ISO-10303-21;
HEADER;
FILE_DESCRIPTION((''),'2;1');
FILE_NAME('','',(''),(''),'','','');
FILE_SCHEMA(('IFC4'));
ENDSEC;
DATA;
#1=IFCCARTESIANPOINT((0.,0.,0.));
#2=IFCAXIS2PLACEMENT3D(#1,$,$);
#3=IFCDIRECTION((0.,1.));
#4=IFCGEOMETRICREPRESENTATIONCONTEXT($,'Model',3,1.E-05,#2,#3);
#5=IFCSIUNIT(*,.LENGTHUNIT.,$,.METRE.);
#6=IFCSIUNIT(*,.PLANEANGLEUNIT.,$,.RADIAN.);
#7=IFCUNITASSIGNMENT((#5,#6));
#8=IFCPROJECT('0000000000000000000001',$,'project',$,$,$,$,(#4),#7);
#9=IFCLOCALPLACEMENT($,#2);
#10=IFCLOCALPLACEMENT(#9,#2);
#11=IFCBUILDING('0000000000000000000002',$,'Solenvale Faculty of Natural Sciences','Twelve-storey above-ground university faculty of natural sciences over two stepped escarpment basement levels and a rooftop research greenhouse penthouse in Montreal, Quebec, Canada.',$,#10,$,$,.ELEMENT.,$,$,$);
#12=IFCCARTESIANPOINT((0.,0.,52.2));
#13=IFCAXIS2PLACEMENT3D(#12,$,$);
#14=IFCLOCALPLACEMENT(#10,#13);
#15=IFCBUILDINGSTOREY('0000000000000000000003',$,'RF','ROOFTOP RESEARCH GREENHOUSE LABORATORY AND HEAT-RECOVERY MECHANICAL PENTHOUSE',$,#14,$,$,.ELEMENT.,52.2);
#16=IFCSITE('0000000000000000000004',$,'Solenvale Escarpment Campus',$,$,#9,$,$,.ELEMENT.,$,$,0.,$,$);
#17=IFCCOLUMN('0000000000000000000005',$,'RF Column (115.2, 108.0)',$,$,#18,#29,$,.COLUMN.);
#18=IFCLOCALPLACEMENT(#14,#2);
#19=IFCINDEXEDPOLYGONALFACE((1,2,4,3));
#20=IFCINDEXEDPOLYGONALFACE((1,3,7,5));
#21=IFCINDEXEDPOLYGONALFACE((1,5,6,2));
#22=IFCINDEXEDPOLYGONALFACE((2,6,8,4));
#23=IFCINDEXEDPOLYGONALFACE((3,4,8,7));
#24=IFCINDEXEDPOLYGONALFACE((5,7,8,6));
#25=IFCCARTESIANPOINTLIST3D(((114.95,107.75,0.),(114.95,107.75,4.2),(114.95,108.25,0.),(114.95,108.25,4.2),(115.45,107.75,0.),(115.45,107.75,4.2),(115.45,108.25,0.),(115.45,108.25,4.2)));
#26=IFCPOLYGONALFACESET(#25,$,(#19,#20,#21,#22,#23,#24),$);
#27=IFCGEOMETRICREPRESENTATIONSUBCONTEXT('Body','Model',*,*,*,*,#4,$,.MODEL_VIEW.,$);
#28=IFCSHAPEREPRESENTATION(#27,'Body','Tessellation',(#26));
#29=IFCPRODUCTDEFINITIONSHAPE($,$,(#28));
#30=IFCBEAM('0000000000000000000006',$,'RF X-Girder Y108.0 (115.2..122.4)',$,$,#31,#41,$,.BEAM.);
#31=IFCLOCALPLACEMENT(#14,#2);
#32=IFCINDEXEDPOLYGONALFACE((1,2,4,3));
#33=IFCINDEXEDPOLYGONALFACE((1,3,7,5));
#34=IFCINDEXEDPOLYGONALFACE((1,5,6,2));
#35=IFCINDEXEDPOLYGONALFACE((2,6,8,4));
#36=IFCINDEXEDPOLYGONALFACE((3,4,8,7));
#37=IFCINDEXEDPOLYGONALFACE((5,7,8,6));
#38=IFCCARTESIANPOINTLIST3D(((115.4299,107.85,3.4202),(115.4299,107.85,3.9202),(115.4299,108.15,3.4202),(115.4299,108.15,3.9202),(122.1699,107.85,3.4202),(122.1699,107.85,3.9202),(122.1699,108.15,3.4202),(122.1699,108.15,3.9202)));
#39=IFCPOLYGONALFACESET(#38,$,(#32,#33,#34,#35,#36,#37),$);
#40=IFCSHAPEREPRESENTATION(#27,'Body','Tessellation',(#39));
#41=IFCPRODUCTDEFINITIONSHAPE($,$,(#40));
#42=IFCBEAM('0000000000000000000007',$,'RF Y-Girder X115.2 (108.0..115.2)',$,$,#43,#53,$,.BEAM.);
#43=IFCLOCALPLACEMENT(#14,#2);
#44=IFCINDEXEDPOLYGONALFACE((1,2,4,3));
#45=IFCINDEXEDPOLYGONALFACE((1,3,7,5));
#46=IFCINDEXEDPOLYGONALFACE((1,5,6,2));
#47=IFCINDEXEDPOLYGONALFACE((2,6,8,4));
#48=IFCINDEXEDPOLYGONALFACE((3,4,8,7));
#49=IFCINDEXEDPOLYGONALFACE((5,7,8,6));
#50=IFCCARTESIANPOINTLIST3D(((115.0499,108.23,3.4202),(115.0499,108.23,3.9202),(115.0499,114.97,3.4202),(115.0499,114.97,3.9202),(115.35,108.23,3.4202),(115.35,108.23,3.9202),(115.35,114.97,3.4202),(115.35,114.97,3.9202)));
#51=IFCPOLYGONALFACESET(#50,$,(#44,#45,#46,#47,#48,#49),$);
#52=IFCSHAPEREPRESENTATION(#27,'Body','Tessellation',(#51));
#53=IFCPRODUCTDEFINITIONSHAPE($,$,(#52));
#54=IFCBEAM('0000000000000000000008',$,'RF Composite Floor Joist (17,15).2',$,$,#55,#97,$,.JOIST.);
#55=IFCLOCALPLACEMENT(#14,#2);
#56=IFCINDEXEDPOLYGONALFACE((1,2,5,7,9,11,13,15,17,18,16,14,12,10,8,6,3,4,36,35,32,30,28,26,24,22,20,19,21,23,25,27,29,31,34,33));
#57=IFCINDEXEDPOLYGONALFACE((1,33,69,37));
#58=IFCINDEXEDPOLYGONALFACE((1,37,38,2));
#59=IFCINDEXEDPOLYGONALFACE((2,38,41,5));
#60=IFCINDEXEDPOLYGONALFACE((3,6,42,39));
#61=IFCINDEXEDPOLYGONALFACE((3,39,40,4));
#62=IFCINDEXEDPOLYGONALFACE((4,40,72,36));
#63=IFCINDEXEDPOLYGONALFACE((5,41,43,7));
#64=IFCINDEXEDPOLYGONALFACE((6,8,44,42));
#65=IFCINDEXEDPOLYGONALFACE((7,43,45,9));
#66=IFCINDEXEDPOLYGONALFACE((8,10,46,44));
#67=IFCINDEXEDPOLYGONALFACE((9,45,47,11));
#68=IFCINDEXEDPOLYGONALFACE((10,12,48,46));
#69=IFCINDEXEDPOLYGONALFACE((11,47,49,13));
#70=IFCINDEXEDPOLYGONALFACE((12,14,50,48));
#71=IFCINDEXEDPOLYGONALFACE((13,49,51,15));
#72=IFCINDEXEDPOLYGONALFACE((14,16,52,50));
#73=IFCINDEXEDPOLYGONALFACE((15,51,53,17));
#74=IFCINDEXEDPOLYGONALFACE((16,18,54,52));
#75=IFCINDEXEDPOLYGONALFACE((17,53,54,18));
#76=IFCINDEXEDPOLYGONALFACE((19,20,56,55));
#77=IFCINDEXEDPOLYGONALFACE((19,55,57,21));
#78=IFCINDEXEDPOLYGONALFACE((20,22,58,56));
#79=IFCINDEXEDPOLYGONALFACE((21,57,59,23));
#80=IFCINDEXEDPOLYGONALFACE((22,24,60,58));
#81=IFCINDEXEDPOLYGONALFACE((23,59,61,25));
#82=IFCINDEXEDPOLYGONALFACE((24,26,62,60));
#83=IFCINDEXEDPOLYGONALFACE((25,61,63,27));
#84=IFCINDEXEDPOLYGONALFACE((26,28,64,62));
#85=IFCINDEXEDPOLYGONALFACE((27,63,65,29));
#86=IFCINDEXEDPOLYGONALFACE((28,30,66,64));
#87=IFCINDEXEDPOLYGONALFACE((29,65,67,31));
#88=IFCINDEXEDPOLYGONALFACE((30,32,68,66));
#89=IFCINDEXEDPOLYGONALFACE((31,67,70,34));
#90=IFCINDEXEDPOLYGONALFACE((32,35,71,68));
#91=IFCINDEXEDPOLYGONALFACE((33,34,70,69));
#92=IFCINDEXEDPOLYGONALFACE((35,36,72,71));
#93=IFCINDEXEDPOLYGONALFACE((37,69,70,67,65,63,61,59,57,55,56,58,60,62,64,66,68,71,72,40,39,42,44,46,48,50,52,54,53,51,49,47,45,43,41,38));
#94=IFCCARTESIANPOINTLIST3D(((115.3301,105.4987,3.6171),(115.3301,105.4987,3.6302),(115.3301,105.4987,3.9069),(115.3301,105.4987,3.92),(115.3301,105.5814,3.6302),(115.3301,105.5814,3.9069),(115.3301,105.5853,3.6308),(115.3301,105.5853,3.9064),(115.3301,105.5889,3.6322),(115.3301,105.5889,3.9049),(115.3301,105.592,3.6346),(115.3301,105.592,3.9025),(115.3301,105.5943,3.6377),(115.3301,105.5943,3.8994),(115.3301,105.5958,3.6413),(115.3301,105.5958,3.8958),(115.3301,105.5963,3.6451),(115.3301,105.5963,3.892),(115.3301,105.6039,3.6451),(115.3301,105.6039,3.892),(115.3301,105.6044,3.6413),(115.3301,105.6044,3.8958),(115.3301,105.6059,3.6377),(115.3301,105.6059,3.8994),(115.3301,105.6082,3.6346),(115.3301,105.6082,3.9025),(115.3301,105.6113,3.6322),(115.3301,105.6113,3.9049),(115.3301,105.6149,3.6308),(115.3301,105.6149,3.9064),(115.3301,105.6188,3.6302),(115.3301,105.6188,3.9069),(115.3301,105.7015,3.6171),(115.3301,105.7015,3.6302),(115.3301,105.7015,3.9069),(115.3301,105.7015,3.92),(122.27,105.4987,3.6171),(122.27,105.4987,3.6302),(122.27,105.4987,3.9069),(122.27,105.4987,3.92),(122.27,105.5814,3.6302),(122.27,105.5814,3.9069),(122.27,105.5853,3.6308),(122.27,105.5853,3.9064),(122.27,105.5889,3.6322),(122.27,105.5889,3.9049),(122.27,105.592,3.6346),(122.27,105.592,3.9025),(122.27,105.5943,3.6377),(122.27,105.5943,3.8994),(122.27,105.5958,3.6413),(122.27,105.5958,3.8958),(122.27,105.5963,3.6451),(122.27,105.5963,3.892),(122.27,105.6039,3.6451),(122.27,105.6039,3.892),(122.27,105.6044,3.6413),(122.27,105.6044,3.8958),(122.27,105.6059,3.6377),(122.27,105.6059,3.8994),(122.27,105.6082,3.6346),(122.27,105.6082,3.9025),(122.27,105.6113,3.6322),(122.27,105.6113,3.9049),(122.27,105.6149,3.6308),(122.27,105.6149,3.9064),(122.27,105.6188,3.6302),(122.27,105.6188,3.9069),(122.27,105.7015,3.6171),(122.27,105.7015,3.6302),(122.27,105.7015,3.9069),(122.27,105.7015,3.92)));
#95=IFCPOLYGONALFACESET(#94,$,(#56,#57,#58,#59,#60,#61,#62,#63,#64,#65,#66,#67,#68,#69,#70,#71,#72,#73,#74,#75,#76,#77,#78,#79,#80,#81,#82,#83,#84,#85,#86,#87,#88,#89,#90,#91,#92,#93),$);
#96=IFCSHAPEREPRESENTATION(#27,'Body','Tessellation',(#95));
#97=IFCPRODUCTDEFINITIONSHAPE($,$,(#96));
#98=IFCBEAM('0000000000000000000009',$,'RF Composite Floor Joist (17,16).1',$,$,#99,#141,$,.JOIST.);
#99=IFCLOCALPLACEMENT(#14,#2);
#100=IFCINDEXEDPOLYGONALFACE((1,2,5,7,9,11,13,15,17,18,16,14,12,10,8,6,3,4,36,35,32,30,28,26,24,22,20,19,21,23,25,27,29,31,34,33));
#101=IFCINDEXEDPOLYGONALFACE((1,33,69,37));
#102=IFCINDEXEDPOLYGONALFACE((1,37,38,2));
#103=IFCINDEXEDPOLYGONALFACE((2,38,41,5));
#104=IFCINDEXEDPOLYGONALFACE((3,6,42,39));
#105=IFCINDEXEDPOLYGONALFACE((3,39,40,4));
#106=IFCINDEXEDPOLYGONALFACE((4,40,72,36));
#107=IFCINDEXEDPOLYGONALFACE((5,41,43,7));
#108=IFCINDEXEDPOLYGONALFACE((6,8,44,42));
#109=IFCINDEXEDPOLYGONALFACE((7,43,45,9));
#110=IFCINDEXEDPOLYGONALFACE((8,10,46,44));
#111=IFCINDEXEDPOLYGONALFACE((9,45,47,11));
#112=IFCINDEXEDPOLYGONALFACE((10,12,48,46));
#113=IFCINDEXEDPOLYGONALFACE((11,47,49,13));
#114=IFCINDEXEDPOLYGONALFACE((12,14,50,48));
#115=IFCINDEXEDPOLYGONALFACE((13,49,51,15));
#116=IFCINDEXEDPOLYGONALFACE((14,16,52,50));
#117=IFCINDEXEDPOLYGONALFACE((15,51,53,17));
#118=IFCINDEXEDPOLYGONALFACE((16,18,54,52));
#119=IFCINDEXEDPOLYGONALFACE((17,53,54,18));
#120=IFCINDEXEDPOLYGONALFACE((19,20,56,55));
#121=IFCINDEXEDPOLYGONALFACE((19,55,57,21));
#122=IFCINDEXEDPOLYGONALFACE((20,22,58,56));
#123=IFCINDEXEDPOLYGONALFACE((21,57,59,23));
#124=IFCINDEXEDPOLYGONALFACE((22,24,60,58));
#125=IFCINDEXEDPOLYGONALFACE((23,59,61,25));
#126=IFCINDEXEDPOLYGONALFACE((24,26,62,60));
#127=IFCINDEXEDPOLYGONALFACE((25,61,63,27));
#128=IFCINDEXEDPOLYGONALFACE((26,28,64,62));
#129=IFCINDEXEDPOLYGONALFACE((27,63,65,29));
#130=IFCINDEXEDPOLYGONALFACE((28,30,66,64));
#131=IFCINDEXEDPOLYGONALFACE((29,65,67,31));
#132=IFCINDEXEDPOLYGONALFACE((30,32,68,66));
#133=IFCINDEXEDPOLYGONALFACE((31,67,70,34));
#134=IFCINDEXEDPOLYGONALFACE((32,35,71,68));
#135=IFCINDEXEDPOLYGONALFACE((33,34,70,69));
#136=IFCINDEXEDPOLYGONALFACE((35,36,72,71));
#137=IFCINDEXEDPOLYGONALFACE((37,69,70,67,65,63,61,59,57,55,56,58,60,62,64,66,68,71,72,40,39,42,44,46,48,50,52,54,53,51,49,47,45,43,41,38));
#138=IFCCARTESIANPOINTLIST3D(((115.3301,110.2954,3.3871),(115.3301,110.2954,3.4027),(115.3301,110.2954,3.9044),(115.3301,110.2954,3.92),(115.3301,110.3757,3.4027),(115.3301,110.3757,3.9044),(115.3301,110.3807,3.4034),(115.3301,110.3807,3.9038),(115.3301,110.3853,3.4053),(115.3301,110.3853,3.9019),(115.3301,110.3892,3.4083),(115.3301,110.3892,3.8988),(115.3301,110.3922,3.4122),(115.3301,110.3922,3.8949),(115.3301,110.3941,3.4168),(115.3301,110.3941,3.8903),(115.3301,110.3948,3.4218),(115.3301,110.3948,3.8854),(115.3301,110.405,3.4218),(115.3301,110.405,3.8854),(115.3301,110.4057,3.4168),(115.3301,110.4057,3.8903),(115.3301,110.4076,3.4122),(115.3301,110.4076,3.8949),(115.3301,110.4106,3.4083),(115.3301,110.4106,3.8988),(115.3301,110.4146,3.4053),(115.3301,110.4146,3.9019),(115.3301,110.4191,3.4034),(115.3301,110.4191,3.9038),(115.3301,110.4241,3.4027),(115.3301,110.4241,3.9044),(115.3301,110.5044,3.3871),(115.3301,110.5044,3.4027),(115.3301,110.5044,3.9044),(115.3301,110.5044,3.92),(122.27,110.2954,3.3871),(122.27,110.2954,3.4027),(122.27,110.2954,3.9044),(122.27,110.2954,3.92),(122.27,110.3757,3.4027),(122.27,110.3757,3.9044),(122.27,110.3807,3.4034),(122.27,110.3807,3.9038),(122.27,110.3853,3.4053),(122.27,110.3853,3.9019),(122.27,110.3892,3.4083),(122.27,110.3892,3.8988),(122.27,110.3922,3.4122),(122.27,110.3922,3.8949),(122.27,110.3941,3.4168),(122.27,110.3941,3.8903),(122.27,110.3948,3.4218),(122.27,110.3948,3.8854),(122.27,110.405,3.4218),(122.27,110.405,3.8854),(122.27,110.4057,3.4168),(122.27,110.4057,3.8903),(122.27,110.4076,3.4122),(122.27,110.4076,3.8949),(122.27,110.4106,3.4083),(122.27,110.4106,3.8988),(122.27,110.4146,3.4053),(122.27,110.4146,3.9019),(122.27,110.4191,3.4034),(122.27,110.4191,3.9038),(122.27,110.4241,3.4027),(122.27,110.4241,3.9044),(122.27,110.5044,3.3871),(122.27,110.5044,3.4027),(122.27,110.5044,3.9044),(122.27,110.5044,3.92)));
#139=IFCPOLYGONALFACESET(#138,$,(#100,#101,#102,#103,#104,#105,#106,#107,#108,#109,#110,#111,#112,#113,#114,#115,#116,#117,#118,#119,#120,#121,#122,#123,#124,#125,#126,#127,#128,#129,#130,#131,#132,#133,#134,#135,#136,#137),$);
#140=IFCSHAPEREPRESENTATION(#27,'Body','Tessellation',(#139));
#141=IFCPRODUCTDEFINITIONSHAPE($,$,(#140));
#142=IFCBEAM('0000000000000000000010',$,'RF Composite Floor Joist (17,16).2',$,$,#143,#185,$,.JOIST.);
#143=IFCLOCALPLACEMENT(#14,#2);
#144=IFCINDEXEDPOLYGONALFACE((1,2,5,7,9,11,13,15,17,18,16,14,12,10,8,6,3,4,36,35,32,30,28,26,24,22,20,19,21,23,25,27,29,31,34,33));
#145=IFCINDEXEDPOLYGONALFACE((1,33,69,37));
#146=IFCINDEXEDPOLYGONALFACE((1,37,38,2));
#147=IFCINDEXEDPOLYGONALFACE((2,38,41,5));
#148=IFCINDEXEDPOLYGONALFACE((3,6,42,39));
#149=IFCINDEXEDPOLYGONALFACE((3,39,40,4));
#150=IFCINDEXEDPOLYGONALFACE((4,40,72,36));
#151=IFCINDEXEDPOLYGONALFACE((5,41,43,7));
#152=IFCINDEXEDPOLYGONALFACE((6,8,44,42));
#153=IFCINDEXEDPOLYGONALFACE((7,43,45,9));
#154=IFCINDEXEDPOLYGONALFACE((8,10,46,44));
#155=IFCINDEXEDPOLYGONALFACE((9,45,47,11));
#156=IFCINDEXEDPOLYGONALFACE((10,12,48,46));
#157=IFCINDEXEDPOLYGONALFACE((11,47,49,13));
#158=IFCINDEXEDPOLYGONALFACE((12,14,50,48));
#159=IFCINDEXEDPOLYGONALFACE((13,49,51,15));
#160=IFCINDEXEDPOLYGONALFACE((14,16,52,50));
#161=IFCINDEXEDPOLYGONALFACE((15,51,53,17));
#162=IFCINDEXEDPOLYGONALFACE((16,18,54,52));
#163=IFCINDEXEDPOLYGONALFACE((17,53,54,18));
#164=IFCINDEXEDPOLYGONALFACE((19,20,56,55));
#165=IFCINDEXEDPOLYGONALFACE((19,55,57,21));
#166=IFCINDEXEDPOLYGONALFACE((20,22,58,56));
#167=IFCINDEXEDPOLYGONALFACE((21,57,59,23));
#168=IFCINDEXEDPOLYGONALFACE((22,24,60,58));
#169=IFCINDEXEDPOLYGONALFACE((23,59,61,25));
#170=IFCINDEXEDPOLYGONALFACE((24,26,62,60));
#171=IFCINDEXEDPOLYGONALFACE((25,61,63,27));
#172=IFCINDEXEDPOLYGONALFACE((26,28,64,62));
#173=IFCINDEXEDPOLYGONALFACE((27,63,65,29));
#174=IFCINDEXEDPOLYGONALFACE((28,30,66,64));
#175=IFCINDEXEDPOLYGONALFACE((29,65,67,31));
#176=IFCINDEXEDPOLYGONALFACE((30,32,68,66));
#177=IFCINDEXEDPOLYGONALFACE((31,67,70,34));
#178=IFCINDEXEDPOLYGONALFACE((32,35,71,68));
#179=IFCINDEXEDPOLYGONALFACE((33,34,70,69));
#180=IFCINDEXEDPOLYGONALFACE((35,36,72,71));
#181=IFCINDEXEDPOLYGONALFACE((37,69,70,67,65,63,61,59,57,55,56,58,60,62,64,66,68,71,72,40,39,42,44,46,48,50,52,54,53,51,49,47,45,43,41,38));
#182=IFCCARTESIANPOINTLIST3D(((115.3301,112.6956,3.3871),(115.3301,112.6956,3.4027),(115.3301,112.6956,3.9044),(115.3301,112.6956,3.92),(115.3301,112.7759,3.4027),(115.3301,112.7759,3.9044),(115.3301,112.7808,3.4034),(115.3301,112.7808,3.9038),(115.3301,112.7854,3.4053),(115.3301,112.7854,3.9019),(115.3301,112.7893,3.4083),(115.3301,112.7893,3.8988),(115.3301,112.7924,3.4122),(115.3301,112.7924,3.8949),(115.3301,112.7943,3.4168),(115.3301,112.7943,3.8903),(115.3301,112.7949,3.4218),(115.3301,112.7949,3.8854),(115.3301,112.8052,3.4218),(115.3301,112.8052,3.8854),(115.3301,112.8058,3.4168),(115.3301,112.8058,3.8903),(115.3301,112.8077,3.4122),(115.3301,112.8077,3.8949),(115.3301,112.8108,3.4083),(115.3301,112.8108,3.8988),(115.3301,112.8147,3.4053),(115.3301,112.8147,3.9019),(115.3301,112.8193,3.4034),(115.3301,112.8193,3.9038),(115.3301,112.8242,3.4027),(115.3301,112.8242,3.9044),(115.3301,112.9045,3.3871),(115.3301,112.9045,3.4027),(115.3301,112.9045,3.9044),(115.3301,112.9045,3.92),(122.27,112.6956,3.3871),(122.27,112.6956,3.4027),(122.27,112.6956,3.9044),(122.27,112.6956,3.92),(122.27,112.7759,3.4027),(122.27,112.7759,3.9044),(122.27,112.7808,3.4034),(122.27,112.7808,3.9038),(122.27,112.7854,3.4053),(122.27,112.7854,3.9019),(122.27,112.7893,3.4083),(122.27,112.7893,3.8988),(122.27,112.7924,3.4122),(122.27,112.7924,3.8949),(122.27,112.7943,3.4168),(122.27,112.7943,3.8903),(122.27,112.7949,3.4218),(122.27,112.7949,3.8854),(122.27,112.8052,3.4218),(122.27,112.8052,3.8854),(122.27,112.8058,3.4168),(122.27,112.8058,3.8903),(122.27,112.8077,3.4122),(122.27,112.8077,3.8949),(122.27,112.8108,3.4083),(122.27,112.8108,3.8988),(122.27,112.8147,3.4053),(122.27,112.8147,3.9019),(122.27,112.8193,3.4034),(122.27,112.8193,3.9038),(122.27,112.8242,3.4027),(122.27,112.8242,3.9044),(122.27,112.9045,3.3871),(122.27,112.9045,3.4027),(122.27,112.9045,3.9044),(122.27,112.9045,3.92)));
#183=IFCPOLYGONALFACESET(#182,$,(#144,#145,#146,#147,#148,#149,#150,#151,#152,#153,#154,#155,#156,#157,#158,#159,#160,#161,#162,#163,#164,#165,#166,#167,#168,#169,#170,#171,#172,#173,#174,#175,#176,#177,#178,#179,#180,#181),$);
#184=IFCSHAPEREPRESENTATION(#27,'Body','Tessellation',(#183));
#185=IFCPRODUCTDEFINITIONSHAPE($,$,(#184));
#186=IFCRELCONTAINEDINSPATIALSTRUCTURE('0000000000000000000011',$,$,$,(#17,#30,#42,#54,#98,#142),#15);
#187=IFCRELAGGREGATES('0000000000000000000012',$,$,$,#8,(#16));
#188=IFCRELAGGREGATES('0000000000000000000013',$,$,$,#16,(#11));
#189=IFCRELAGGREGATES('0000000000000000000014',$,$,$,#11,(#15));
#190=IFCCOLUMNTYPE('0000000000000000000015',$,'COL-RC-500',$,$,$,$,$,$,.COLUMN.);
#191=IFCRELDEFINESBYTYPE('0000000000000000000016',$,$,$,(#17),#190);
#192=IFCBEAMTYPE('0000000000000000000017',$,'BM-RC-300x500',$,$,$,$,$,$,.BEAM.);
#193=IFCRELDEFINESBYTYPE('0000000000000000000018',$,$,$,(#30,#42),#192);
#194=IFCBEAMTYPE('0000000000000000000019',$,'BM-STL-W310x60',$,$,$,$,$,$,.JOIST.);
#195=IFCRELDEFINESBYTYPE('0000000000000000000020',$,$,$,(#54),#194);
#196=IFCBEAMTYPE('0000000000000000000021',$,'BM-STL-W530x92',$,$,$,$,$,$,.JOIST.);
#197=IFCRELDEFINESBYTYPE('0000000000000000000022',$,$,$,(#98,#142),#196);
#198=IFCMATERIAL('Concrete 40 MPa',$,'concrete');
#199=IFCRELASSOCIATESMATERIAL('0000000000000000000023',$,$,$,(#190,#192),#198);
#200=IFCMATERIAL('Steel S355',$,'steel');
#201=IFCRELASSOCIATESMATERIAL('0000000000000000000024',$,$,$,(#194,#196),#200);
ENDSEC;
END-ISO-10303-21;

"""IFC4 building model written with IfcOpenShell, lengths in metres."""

from ifc_helpers import new_model, si_unit, direction, frame, origin, origin_2d, place, context, subcontext, project, spatial, rectangle, i_section, extrude, material, material_profile, profile_set, type_object, element, save


model = new_model("IFC4")

# Units and contexts
model_context = context("Model", 3, precision=1e-05, world=origin(), true_north=direction((0.0, 1.0)))
body_context = subcontext(model_context, "Body", "Model", "MODEL_VIEW")
ifc_project = project(units=[si_unit("LENGTHUNIT", "METRE"), si_unit("PLANEANGLEUNIT", "RADIAN")], contexts=[model_context])

# Site, building, storey
site_placement = place(None, origin())
site = spatial("IfcSite", under=ifc_project, at=site_placement, Name="Solenvale Escarpment Campus", CompositionType="ELEMENT", RefElevation=0.0)
building_placement = place(site_placement, origin())
building = spatial("IfcBuilding", under=site, at=building_placement, Name="Solenvale Faculty of Natural Sciences", Description="Twelve-storey above-ground university faculty of natural sciences over two stepped escarpment basement levels and a rooftop research greenhouse penthouse in Montreal, Quebec, Canada.", CompositionType="ELEMENT")
storey_placement = place(building_placement, frame((0.0, 0.0, 52.2)))
storey = spatial("IfcBuildingStorey", under=building, at=storey_placement, Name="RF", Description="ROOFTOP RESEARCH GREENHOUSE LABORATORY AND HEAT-RECOVERY MECHANICAL PENTHOUSE", CompositionType="ELEMENT", Elevation=52.2)

# Column
ifc_material_1 = material(Name="Concrete 40 MPa", Category="concrete")
ifc_material_profile_1 = material_profile(ifc_material_1, rectangle(XDim=0.5, YDim=0.5, at=origin_2d()), Name="RC-COL-500x500")
ifc_profile_set_1 = profile_set([ifc_material_profile_1], Name="Concrete 40 MPa")
column_type = type_object("IfcColumnType", Name="COL-RC-500", PredefinedType="COLUMN", material=ifc_profile_set_1)
column_placement = place(storey_placement, frame((115.2, 108.0, 0.0), z_axis=(0.0, 0.0, 1.0), x_axis=(1.0, 0.0, 0.0)))
element("IfcColumn", 1, at=column_placement, inside=storey, type_object=column_type, Name="RF Column (115.2, 108.0)", PredefinedType="COLUMN", context=body_context, shape_type="SweptSolid", body=[
    extrude(rectangle(XDim=0.5, YDim=0.5, at=origin_2d()), origin(), (0.0, 0.0, 1.0), 4.2),
])

# Beams
ifc_material_profile_2 = material_profile(ifc_material_1, rectangle(XDim=0.3, YDim=0.5, at=origin_2d()), Name="RC-BM-300x500")
ifc_profile_set_2 = profile_set([ifc_material_profile_2], Name="Concrete 40 MPa")
beam_type_1 = type_object("IfcBeamType", Name="BM-RC-300x500", PredefinedType="BEAM", material=ifc_profile_set_2)
for number, where, z_axis, x_axis, name in (
    (2, (115.4299, 108.0, 3.6702), (1.0, 0.0, 0.0), (0.0, 1.0, 0.0), "RF X-Girder Y108.0 (115.2..122.4)"),
    (3, (115.2, 108.23, 3.6702), (0.0, 1.0, 0.0), (-1.0, 0.0, 0.0), "RF Y-Girder X115.2 (108.0..115.2)"),
):
    element("IfcBeam", number, at=place(storey_placement, frame(where, z_axis=z_axis, x_axis=x_axis)), inside=storey, type_object=beam_type_1, Name=name, PredefinedType="BEAM", context=body_context, shape_type="SweptSolid", body=[
        extrude(rectangle(XDim=0.3, YDim=0.5, at=origin_2d()), origin(), (0.0, 0.0, 1.0), 6.74),
    ])
ifc_material_2 = material(Name="Steel S355", Category="steel")
ifc_material_profile_3 = material_profile(ifc_material_2, i_section(OverallWidth=0.2029, OverallDepth=0.303, WebThickness=0.0076, FlangeThickness=0.0132, FilletRadius=0.0149, at=origin_2d()), Name="W310x60")
ifc_profile_set_3 = profile_set([ifc_material_profile_3], Name="Steel S355")
beam_type_2 = type_object("IfcBeamType", Name="BM-STL-W310x60", PredefinedType="JOIST", material=ifc_profile_set_3)
beam_placement = place(storey_placement, frame((115.3301, 105.6001, 3.7686), z_axis=(1.0, 0.0, 0.0), x_axis=(0.0, 1.0, 0.0)))
element("IfcBeam", 4, at=beam_placement, inside=storey, type_object=beam_type_2, Name="RF Composite Floor Joist (17,15).2", PredefinedType="JOIST", context=body_context, shape_type="SweptSolid", body=[
    extrude(i_section(OverallWidth=0.2029, OverallDepth=0.303, WebThickness=0.0076, FlangeThickness=0.0132, FilletRadius=0.0149, at=origin_2d()), origin(), (0.0, 0.0, 1.0), 6.9399),
])
ifc_material_profile_4 = material_profile(ifc_material_2, i_section(OverallWidth=0.209, OverallDepth=0.533, WebThickness=0.0103, FlangeThickness=0.0156, FilletRadius=0.019, at=origin_2d()), Name="W530x92")
ifc_profile_set_4 = profile_set([ifc_material_profile_4], Name="Steel S355")
beam_type_3 = type_object("IfcBeamType", Name="BM-STL-W530x92", PredefinedType="JOIST", material=ifc_profile_set_4)
for number, where, z_axis, x_axis, name in (
    (5, (115.3301, 110.3999, 3.6536), (1.0, 0.0, 0.0), (0.0, 1.0, 0.0), "RF Composite Floor Joist (17,16).1"),
    (6, (115.3301, 112.8, 3.6536), (1.0, 0.0, 0.0), (0.0, 1.0, 0.0), "RF Composite Floor Joist (17,16).2"),
):
    element("IfcBeam", number, at=place(storey_placement, frame(where, z_axis=z_axis, x_axis=x_axis)), inside=storey, type_object=beam_type_3, Name=name, PredefinedType="JOIST", context=body_context, shape_type="SweptSolid", body=[
        extrude(i_section(OverallWidth=0.209, OverallDepth=0.533, WebThickness=0.0103, FlangeThickness=0.0156, FilletRadius=0.019, at=origin_2d()), origin(), (0.0, 0.0, 1.0), 6.9399),
    ])

save(model, "model.ifc")
